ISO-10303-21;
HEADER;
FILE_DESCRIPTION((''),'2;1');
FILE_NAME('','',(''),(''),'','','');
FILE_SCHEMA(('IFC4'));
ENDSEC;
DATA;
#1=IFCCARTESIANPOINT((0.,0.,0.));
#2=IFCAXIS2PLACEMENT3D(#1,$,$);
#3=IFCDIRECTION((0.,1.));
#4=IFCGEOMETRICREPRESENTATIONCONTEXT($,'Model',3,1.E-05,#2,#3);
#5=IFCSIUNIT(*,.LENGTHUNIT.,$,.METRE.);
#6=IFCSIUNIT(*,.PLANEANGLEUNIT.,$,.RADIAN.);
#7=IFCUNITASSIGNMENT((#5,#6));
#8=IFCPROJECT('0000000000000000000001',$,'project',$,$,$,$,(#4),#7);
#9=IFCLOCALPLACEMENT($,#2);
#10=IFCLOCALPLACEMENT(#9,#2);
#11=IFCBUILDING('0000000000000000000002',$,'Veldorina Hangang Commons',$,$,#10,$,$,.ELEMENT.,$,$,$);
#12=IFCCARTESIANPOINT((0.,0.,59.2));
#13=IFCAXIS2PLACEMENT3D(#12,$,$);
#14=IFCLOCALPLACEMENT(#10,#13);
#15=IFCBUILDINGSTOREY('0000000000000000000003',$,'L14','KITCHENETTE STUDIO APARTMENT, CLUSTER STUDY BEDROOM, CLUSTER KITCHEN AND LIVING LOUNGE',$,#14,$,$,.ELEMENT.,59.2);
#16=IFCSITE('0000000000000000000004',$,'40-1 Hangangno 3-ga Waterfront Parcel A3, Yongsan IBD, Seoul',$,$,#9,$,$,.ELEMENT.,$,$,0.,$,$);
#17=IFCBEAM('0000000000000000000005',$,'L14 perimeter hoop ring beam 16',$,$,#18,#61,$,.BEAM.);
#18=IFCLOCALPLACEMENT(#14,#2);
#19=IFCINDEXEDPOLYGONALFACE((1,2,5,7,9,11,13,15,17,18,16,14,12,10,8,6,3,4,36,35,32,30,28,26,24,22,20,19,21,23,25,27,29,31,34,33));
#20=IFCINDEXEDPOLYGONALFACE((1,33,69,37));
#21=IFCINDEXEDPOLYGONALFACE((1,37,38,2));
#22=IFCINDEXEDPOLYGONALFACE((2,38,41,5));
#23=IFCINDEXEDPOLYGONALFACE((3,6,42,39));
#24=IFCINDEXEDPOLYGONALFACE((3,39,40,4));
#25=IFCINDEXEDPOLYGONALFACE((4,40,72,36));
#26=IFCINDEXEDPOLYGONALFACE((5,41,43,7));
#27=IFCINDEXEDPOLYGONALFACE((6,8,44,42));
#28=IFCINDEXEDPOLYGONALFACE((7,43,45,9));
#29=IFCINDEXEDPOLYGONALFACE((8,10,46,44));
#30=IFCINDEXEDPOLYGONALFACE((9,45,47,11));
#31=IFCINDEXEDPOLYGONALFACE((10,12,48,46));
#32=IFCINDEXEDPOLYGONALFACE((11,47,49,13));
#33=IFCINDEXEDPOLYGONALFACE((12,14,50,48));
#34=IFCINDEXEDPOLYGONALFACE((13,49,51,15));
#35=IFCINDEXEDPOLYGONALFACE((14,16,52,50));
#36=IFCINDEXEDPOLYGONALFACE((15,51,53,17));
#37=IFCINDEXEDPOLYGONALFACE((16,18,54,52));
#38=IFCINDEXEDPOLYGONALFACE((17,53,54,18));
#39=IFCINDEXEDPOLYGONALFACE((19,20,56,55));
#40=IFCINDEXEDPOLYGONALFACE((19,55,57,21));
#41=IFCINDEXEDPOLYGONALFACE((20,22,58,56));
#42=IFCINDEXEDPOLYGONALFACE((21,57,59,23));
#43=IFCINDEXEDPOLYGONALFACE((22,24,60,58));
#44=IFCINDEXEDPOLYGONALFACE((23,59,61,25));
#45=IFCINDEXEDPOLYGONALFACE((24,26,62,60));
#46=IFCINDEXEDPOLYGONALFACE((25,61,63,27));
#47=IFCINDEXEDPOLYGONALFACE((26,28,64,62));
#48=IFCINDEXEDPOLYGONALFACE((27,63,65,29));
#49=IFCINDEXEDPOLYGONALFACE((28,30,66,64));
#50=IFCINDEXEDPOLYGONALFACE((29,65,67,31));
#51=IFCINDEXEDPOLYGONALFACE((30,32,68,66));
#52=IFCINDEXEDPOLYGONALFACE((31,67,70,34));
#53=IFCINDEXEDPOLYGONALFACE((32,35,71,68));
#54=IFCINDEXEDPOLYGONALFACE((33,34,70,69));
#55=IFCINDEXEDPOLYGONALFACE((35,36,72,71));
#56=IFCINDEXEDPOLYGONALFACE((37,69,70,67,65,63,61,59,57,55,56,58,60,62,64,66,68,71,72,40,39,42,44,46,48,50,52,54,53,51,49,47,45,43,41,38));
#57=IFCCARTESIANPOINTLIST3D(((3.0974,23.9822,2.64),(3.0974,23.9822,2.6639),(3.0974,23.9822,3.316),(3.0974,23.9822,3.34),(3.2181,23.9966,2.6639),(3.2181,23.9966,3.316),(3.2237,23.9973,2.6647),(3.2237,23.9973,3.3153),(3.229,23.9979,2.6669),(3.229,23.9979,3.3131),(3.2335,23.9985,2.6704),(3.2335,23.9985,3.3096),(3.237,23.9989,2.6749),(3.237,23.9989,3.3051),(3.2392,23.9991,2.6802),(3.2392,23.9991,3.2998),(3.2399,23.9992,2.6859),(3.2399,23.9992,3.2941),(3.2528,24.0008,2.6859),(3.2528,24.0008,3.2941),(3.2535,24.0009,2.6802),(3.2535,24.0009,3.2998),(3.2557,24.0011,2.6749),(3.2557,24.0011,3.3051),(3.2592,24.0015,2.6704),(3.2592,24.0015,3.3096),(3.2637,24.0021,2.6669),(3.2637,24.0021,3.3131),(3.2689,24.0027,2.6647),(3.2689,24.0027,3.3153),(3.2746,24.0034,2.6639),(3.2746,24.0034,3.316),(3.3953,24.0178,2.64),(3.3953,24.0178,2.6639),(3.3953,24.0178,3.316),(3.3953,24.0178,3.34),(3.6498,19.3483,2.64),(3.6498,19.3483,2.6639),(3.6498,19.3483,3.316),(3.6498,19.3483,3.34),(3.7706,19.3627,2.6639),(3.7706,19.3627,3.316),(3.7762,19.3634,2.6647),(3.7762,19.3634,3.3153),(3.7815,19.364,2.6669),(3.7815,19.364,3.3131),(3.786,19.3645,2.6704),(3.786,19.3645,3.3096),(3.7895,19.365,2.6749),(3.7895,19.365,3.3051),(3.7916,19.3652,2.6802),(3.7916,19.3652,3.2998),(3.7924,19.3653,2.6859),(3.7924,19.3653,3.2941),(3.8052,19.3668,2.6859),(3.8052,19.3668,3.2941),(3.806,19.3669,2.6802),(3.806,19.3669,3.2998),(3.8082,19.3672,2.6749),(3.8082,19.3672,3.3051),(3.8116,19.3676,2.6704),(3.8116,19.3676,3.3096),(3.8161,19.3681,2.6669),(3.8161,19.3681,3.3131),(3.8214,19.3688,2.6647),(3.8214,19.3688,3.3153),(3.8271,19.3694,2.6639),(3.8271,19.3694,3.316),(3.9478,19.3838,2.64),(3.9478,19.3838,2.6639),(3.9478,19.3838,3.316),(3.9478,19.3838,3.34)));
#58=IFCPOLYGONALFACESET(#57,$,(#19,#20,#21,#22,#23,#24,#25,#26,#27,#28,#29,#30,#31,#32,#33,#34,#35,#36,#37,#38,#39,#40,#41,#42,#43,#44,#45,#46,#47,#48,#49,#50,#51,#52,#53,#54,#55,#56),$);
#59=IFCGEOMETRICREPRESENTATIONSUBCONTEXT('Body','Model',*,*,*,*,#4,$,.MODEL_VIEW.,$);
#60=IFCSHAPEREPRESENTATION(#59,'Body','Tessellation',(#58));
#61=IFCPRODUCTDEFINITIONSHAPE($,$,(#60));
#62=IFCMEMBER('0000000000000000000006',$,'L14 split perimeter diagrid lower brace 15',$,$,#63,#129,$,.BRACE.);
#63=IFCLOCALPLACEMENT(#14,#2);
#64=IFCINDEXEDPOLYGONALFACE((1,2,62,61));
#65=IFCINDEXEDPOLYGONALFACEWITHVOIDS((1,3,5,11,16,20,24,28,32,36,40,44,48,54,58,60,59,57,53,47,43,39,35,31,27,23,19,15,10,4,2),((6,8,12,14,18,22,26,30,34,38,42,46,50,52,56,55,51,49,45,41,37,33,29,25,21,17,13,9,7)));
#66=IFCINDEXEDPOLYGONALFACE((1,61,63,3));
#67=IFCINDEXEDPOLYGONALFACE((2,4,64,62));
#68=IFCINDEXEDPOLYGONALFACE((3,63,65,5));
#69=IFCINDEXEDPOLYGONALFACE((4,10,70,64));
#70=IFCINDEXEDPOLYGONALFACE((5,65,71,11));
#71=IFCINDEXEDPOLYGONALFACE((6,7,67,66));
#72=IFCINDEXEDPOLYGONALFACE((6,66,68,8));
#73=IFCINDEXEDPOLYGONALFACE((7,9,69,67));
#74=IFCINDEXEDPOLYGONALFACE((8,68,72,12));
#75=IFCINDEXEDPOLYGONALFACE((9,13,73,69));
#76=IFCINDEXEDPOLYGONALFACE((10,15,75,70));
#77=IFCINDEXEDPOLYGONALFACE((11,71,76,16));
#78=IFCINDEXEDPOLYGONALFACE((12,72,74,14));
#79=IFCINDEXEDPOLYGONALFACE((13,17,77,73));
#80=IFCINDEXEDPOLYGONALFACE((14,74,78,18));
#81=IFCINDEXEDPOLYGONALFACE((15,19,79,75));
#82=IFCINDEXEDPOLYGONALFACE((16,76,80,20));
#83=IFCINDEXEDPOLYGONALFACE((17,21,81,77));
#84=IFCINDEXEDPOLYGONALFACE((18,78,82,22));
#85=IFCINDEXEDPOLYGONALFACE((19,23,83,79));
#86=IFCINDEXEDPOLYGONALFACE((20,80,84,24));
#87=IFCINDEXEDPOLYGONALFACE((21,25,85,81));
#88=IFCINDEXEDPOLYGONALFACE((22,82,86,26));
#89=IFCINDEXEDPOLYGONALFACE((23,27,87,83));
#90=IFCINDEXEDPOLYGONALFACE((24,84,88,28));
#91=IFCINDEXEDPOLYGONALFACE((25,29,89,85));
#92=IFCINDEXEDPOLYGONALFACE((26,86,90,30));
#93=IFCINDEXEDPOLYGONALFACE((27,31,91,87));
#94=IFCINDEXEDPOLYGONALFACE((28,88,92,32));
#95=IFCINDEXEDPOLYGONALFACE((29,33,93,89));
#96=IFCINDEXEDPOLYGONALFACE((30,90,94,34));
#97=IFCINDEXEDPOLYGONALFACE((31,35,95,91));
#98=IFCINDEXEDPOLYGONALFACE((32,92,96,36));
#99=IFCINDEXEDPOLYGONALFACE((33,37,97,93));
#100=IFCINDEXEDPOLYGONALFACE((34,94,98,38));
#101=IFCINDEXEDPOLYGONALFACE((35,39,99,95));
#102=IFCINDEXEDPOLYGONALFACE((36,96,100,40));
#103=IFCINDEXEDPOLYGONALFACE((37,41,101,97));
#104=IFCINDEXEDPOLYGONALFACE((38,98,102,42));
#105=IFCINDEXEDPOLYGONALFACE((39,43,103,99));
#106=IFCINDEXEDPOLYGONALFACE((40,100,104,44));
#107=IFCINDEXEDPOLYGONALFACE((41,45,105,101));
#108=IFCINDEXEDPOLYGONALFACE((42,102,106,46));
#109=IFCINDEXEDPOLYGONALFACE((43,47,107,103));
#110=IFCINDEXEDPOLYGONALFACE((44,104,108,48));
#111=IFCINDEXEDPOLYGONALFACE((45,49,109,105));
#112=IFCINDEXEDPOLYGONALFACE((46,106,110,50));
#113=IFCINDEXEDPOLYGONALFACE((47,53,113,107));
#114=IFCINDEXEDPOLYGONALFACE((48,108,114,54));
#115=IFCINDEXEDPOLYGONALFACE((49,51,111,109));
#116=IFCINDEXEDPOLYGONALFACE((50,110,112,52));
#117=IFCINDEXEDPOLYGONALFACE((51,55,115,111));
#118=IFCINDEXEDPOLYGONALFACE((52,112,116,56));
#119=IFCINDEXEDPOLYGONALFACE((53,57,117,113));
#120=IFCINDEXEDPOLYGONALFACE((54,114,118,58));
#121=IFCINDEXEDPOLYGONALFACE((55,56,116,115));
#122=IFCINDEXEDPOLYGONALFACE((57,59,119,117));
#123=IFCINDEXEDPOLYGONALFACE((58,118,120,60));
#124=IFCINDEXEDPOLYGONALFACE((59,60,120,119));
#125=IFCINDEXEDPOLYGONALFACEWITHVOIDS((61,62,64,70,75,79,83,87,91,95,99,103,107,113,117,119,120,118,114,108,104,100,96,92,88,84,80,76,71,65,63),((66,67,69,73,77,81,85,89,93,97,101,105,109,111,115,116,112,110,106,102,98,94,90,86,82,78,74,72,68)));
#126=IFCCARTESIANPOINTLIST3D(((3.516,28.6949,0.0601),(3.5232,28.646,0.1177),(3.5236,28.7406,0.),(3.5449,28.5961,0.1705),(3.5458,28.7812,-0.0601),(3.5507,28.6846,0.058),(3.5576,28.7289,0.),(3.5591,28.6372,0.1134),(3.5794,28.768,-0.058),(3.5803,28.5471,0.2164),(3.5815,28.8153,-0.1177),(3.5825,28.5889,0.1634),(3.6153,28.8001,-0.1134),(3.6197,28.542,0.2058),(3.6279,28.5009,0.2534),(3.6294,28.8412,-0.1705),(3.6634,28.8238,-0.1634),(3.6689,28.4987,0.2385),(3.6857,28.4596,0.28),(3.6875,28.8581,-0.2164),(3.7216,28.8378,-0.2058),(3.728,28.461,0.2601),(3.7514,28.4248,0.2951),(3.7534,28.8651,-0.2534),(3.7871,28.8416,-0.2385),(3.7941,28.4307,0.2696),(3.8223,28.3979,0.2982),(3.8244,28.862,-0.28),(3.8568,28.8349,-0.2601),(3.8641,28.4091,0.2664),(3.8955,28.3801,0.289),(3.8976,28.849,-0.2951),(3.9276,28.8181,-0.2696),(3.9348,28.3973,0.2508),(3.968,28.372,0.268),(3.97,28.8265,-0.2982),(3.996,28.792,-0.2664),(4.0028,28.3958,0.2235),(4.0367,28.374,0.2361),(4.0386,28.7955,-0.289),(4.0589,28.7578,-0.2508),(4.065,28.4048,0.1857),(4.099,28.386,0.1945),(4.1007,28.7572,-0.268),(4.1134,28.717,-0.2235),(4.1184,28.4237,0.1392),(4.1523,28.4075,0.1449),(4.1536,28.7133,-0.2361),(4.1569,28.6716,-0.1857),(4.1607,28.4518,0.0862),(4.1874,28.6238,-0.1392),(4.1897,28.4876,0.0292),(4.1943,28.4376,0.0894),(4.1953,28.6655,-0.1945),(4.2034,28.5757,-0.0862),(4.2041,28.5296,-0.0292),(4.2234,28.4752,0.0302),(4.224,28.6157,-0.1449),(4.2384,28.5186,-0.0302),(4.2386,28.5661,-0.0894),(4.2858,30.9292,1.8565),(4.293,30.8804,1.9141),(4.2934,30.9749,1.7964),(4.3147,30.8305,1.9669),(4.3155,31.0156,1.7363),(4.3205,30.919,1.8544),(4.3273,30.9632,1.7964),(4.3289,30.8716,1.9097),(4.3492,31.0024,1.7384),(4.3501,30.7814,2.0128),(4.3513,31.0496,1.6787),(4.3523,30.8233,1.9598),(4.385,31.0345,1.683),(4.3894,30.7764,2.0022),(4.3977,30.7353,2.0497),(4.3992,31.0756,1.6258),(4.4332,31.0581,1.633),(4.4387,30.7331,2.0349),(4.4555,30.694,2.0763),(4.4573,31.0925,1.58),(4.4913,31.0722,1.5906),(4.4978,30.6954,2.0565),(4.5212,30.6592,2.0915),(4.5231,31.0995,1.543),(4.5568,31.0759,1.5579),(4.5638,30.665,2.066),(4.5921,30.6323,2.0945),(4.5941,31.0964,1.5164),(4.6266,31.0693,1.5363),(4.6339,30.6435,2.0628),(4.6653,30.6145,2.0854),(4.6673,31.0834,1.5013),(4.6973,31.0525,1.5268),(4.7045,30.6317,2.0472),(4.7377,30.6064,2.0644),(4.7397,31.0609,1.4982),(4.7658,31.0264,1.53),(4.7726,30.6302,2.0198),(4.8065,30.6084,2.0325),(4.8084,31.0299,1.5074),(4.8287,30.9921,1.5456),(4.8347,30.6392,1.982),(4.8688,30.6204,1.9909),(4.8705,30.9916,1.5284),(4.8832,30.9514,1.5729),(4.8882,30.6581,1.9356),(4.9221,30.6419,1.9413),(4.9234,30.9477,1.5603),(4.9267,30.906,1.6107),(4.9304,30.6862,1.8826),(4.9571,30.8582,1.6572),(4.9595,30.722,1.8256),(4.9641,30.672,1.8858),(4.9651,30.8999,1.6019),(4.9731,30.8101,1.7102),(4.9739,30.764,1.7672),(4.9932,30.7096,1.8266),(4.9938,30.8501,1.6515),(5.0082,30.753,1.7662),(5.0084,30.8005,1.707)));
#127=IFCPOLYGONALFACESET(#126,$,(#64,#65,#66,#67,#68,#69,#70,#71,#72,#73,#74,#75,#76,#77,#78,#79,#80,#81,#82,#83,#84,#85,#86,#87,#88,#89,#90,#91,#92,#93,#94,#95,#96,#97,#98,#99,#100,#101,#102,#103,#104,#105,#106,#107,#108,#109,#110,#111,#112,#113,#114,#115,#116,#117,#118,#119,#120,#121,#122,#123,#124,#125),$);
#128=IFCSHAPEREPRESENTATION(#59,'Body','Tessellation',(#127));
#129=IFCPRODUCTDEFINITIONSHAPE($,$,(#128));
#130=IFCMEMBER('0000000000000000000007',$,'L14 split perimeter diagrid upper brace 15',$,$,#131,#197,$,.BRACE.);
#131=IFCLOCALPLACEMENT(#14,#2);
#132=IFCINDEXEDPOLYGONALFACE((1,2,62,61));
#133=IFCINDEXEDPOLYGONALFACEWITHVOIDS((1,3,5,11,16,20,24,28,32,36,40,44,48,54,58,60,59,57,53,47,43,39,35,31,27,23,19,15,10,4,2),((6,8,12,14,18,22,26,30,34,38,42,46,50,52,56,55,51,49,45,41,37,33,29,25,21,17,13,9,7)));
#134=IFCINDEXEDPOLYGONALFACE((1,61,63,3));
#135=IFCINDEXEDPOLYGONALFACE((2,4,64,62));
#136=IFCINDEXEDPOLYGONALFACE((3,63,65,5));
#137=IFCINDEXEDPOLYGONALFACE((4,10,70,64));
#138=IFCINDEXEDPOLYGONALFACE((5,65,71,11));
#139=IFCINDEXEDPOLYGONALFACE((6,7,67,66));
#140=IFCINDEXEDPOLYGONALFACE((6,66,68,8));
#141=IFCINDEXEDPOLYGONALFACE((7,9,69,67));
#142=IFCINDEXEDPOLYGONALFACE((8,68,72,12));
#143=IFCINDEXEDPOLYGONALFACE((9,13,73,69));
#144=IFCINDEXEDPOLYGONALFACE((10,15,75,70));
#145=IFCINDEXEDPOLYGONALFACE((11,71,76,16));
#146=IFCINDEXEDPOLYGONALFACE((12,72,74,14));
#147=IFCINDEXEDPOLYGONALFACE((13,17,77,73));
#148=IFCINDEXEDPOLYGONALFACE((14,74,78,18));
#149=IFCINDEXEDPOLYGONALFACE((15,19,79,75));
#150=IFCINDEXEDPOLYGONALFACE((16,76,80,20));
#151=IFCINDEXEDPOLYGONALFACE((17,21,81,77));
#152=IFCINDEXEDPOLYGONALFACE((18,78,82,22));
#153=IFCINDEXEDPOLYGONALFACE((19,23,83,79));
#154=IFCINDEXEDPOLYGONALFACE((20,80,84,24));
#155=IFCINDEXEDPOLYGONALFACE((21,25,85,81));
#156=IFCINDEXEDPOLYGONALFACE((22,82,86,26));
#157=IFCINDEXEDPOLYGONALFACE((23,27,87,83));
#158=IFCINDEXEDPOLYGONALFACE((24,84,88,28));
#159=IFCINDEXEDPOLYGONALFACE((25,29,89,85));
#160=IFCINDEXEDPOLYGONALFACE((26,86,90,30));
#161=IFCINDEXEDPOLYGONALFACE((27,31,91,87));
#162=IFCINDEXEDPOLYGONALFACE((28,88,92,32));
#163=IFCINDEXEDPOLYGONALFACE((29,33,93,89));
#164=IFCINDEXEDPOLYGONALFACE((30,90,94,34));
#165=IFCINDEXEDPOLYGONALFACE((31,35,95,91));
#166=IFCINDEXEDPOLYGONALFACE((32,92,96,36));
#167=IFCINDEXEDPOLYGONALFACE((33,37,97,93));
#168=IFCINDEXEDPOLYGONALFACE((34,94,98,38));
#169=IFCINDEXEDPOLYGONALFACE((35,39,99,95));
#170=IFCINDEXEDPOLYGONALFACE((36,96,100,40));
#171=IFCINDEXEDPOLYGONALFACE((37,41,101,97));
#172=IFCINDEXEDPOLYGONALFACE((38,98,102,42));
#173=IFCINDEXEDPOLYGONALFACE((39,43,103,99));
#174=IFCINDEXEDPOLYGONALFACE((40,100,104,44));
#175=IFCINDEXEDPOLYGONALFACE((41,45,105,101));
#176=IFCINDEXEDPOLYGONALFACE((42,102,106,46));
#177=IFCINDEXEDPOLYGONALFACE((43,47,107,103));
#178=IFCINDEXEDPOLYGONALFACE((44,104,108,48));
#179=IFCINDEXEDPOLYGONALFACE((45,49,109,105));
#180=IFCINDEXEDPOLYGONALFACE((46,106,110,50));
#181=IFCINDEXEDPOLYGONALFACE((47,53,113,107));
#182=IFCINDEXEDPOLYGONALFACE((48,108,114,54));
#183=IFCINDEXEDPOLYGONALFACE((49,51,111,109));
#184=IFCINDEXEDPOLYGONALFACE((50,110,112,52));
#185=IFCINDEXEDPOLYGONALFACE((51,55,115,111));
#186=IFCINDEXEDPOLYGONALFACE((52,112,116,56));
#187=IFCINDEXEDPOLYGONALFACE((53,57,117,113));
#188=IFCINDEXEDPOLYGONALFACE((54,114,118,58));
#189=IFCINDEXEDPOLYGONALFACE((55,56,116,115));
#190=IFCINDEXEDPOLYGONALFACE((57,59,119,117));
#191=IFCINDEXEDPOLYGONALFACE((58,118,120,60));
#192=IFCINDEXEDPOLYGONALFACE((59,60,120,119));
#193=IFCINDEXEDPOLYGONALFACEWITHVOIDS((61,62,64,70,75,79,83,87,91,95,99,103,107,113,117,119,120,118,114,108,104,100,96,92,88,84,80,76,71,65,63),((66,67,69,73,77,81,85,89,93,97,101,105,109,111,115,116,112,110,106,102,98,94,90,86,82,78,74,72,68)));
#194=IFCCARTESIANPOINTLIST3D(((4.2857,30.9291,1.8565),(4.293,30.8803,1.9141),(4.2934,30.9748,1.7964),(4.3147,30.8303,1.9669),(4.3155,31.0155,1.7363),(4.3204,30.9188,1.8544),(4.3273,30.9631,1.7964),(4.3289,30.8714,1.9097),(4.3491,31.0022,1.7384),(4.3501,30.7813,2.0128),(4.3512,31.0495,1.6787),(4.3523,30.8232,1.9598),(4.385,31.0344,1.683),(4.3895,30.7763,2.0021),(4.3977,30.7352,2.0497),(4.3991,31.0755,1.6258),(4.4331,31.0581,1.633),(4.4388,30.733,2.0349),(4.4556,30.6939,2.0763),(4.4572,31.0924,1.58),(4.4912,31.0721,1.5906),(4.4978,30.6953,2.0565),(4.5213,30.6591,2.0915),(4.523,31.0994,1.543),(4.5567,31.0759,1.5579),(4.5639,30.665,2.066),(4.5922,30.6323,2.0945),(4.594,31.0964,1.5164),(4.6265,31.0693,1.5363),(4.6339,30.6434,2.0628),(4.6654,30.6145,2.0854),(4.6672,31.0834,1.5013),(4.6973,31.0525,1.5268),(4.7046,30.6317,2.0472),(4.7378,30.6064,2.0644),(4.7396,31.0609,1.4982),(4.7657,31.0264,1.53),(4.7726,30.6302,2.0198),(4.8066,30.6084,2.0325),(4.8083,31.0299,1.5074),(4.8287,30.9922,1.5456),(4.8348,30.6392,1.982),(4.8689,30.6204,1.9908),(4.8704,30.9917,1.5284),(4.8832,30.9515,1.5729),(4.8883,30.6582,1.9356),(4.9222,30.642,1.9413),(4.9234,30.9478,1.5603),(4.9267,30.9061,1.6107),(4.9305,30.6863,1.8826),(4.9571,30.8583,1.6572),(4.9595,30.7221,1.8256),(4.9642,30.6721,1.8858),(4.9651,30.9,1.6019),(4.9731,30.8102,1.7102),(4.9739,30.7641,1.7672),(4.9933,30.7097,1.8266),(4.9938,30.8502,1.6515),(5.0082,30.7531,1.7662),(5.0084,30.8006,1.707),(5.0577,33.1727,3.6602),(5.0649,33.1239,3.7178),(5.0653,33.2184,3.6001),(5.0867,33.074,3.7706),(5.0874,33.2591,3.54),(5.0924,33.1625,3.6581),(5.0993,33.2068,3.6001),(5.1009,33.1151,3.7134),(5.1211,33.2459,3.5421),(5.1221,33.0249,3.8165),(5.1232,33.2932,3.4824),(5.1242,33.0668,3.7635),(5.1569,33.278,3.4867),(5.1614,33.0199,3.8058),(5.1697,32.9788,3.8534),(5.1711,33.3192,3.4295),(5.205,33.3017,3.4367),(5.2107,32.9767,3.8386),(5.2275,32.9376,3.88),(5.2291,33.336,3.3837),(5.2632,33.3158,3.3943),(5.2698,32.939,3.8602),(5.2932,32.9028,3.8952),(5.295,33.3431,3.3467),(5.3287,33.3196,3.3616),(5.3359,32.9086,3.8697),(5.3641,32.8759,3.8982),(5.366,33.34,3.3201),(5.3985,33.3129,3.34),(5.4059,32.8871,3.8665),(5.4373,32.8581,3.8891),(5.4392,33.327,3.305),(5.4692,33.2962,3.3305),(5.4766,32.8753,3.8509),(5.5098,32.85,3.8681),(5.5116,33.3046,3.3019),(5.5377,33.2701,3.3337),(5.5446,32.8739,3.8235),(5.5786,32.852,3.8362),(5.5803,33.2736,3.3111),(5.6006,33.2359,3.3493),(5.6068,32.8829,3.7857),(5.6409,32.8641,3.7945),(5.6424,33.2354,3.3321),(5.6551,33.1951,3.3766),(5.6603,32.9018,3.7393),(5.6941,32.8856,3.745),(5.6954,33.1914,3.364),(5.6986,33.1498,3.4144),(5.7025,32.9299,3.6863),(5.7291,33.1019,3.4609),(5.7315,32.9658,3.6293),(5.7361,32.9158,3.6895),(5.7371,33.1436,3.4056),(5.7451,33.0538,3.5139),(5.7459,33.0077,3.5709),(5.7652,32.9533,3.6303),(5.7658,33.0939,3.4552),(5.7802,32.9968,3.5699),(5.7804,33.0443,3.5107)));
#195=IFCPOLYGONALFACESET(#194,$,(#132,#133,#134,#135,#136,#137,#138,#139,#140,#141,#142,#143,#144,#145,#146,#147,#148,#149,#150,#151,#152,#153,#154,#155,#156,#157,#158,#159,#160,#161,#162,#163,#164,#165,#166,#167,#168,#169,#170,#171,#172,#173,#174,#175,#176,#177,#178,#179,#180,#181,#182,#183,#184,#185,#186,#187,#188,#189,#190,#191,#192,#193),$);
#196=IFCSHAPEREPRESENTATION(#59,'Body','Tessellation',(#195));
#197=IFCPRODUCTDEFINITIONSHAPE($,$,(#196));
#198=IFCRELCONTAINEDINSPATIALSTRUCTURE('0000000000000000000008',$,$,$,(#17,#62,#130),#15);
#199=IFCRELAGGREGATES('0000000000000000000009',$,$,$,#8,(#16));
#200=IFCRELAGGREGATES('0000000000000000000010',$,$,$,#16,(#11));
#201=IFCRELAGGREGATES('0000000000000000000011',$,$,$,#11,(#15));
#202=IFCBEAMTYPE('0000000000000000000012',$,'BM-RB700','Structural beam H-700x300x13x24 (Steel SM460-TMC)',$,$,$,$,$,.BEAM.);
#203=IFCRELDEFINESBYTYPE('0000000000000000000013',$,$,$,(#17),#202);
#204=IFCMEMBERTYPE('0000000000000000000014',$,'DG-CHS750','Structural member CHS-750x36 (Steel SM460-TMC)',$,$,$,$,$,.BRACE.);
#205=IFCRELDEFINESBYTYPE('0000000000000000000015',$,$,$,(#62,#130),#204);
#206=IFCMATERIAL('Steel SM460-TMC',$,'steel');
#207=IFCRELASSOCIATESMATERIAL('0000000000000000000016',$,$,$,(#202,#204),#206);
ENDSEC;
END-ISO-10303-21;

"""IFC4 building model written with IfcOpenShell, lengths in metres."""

from ifc_helpers import new_model, si_unit, direction, frame, origin, origin_2d, place, context, subcontext, project, spatial, hollow_circle, i_section, extrude, material, material_profile, profile_set, type_object, element, save


model = new_model("IFC4")

# Units and contexts
model_context = context("Model", 3, precision=1e-05, world=origin(), true_north=direction((0.0, 1.0)))
body_context = subcontext(model_context, "Body", "Model", "MODEL_VIEW")
ifc_project = project(units=[si_unit("LENGTHUNIT", "METRE"), si_unit("PLANEANGLEUNIT", "RADIAN")], contexts=[model_context])

# Site, building, storey
site_placement = place(None, origin())
site = spatial("IfcSite", under=ifc_project, at=site_placement, Name="40-1 Hangangno 3-ga Waterfront Parcel A3, Yongsan IBD, Seoul", CompositionType="ELEMENT", RefElevation=0.0)
building_placement = place(site_placement, origin())
building = spatial("IfcBuilding", under=site, at=building_placement, Name="Veldorina Hangang Commons", CompositionType="ELEMENT")
storey_placement = place(building_placement, frame((0.0, 0.0, 59.2)))
storey = spatial("IfcBuildingStorey", under=building, at=storey_placement, Name="L14", Description="KITCHENETTE STUDIO APARTMENT, CLUSTER STUDY BEDROOM, CLUSTER KITCHEN AND LIVING LOUNGE", CompositionType="ELEMENT", Elevation=59.2)

# Beam
ifc_material_1 = material(Name="Steel SM460-TMC", Category="steel")
ifc_material_profile_1 = material_profile(ifc_material_1, i_section(OverallWidth=0.3, OverallDepth=0.7, WebThickness=0.0129, FlangeThickness=0.0239, FilletRadius=0.022, at=origin_2d()), Name="H-700x300x13x24")
ifc_profile_set_1 = profile_set([ifc_material_profile_1], Name="Steel SM460-TMC")
beam_type_1 = type_object("IfcBeamType", Name="BM-RB700", Description="Structural beam H-700x300x13x24 (Steel SM460-TMC)", PredefinedType="BEAM", material=ifc_profile_set_1)
for number, where, z_axis, x_axis, name in (
    (1, (3.2463, 24.0, 2.99), (0.118386, -0.992968, 0.0), (0.992968, 0.118386, 0.0), "L14 perimeter hoop ring beam 16"),
):
    element("IfcBeam", number, at=place(storey_placement, frame(where, z_axis=z_axis, x_axis=x_axis)), inside=storey, type_object=beam_type_1, Name=name, PredefinedType="BEAM", context=body_context, shape_type="SweptSolid", body=[
        extrude(i_section(OverallWidth=0.3, OverallDepth=0.7, WebThickness=0.0129, FlangeThickness=0.0239, FilletRadius=0.022, at=origin_2d()), origin(), (0.0, 0.0, 1.0), 4.6667),
    ])

# Members
ifc_material_profile_2 = material_profile(ifc_material_1, hollow_circle(Radius=0.375, WallThickness=0.0359, at=origin_2d()), Name="CHS-750x36")
ifc_profile_set_2 = profile_set([ifc_material_profile_2], Name="Steel SM460-TMC")
member_type = type_object("IfcMemberType", Name="DG-CHS750", Description="Structural member CHS-750x36 (Steel SM460-TMC)", PredefinedType="BRACE", material=ifc_profile_set_2)
member_1_placement = place(storey_placement, frame((3.8782, 28.6184, 0.0), z_axis=(0.259315, 0.752695, 0.60515), x_axis=(-0.945464, 0.325726, 0.0)))
element("IfcMember", 2, at=member_1_placement, inside=storey, type_object=member_type, Name="L14 split perimeter diagrid lower brace 15", PredefinedType="BRACE", context=body_context, shape_type="SweptSolid", body=[
    extrude(hollow_circle(Radius=0.375, WallThickness=0.0359, at=origin_2d()), origin(), (0.0, 0.0, 1.0), 2.9685),
])
member_2_placement = place(storey_placement, frame((4.6479, 30.8528, 1.7964), z_axis=(0.259009, 0.752781, 0.605174), x_axis=(-0.945594, 0.32535, 0.0)))
element("IfcMember", 3, at=member_2_placement, inside=storey, type_object=member_type, Name="L14 split perimeter diagrid upper brace 15", PredefinedType="BRACE", context=body_context, shape_type="SweptSolid", body=[
    extrude(hollow_circle(Radius=0.375, WallThickness=0.0359, at=origin_2d()), origin(), (0.0, 0.0, 1.0), 2.9805),
])

save(model, "model.ifc")
